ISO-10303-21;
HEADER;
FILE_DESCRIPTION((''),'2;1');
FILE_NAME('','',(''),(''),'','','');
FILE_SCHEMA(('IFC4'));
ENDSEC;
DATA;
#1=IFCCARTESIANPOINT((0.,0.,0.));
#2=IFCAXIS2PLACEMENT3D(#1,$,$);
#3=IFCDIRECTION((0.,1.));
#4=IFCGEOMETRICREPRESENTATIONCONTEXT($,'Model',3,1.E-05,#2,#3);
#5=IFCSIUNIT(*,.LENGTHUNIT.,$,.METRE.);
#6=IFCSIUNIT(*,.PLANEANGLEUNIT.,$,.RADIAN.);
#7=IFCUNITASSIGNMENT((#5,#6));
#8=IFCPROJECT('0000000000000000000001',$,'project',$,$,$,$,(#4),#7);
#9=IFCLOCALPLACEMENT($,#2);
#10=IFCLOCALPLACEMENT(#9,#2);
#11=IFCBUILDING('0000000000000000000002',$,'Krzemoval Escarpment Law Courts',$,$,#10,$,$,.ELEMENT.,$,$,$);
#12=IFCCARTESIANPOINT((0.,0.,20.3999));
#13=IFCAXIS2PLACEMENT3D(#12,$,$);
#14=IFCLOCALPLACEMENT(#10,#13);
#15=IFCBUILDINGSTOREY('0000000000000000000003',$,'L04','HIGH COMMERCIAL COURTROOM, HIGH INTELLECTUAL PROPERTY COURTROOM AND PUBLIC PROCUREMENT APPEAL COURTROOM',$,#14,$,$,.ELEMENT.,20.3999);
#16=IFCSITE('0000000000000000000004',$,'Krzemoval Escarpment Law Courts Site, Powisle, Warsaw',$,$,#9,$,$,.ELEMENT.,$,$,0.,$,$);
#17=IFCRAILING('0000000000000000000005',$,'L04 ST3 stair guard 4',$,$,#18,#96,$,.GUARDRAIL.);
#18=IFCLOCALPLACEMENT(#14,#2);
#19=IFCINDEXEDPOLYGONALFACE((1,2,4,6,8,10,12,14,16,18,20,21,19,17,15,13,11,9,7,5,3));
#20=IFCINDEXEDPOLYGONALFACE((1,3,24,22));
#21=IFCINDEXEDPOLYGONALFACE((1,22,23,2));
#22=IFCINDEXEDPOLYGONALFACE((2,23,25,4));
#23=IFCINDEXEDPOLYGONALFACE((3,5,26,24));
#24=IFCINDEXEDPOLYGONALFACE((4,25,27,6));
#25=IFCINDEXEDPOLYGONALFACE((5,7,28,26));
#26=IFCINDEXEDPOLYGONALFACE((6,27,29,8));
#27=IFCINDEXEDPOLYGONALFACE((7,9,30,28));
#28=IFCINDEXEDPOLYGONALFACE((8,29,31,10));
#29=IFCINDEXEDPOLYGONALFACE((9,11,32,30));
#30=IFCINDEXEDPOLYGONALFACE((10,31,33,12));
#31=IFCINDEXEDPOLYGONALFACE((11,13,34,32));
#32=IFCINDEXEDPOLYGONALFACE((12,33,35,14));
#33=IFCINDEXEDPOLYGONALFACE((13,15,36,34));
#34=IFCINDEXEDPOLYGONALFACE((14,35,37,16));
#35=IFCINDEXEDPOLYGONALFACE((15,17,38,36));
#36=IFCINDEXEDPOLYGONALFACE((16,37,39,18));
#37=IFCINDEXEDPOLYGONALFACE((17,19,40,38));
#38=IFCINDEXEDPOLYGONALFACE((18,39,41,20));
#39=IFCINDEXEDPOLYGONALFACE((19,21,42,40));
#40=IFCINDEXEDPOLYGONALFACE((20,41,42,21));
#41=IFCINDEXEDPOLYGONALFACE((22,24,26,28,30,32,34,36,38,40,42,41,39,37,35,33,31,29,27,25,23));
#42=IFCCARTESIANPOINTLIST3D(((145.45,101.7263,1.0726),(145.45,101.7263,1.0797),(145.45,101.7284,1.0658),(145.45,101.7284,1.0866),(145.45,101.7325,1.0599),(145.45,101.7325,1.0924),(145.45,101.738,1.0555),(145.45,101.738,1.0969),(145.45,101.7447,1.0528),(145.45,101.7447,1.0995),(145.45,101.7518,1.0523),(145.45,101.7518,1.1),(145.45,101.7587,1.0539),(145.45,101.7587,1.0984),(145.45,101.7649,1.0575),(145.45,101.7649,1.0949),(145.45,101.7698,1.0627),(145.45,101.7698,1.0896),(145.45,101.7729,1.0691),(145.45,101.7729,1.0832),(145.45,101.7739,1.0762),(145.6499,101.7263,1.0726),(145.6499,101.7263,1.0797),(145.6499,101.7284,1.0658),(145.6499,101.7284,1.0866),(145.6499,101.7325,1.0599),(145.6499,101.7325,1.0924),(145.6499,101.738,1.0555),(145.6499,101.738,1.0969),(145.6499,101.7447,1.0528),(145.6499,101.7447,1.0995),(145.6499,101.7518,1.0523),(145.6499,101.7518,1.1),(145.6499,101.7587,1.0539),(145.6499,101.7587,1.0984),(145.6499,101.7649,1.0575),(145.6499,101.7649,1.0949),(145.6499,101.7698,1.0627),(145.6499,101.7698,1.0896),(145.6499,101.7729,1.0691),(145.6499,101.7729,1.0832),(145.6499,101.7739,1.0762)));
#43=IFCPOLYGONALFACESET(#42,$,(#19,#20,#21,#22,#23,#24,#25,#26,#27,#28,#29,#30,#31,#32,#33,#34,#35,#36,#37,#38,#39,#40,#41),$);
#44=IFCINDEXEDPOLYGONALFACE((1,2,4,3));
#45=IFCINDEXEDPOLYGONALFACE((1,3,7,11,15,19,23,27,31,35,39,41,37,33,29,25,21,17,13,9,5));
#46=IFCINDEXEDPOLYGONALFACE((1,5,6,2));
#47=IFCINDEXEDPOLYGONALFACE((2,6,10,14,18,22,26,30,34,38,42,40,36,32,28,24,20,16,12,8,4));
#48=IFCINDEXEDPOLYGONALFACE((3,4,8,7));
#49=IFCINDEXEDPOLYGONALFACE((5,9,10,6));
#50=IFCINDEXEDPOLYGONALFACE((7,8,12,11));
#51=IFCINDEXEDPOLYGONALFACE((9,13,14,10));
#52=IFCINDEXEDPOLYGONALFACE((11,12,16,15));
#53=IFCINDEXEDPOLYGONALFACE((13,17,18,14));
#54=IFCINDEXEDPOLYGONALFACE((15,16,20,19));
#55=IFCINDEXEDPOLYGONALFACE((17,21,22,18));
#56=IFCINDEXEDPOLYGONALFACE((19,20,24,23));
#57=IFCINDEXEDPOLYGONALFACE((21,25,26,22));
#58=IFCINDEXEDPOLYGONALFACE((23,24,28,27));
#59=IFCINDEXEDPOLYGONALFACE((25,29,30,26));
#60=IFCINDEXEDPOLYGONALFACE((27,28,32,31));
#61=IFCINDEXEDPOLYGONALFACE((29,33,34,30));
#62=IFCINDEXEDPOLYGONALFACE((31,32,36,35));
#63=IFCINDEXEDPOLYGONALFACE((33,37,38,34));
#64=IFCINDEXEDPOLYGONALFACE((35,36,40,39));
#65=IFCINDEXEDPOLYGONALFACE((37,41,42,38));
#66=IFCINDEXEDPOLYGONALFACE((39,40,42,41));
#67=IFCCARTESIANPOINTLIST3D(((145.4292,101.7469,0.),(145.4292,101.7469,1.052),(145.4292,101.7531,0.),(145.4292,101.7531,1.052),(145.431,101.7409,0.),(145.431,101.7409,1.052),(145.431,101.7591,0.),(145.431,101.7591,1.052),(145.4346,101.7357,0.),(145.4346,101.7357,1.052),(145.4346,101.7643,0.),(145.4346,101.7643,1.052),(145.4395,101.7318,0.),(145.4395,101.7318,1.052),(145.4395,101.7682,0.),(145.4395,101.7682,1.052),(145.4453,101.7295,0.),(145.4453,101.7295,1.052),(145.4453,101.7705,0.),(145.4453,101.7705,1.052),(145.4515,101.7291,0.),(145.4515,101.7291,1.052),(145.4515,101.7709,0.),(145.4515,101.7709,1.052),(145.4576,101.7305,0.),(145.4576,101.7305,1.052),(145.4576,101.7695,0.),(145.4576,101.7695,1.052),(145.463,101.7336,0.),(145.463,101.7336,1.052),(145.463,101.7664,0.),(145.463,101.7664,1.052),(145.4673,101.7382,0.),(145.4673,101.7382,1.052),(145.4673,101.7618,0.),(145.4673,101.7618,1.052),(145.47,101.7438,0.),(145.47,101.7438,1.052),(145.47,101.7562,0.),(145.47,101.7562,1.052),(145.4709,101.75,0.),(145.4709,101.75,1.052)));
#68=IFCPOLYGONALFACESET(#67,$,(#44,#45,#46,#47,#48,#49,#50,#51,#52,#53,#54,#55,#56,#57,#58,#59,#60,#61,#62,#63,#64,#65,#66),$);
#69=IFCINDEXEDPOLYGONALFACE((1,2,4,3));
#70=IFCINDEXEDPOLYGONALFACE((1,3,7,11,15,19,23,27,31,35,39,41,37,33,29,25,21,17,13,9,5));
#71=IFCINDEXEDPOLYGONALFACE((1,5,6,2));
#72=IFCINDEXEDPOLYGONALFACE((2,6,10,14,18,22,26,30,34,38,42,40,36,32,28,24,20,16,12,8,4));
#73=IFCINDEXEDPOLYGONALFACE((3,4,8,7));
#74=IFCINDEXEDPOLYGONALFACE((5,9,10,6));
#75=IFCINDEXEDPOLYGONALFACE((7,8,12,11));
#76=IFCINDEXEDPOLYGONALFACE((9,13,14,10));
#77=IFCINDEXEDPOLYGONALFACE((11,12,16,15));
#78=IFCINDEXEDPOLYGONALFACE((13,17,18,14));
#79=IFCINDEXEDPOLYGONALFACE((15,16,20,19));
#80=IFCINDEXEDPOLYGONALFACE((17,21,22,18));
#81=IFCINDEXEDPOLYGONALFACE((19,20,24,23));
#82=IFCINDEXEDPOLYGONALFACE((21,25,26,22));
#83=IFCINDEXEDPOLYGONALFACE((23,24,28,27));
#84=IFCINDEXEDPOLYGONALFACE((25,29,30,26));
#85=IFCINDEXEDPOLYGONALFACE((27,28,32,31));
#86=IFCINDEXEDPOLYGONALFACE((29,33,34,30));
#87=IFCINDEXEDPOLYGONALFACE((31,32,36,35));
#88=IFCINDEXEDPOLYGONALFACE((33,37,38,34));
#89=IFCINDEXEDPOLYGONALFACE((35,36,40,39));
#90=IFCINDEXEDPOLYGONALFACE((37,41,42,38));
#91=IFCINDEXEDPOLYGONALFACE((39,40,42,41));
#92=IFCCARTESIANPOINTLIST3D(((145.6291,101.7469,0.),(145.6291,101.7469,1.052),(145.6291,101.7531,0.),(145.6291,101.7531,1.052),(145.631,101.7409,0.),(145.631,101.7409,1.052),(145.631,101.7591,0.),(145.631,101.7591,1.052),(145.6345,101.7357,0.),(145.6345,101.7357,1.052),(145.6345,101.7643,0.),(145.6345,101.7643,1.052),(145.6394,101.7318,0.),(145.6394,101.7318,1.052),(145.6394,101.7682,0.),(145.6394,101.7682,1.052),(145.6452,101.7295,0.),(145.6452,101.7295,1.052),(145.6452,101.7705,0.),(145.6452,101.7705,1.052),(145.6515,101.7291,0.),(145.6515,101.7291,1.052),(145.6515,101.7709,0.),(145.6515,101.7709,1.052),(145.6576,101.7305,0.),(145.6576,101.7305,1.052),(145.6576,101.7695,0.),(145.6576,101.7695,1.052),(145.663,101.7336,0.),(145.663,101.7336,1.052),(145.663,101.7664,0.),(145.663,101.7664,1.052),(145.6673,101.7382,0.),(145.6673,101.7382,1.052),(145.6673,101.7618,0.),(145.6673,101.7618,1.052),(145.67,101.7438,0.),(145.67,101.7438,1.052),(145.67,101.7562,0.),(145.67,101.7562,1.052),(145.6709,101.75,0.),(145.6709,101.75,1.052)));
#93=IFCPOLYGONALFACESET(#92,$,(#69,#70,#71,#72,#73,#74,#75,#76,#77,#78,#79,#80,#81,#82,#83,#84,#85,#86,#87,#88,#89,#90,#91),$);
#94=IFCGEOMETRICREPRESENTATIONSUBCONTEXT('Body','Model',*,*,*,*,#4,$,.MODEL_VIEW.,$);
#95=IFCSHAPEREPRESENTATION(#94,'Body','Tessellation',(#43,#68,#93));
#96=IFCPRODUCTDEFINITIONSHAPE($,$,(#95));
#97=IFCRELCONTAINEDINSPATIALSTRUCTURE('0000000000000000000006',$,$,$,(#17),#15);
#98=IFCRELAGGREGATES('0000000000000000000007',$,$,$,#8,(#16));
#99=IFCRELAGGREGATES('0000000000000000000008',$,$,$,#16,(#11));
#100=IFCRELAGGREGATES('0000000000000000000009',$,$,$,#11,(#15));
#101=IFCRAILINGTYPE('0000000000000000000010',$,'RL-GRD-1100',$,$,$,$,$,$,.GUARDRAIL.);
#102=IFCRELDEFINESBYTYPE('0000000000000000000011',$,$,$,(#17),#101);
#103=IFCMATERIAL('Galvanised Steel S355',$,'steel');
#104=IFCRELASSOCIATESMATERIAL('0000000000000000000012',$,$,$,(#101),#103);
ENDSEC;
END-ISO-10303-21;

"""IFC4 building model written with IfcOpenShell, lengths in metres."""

from ifc_helpers import new_model, si_unit, direction, frame, origin, origin_2d, place, context, subcontext, project, spatial, circle, extrude, material, type_object, element, save


model = new_model("IFC4")

# Units and contexts
model_context = context("Model", 3, precision=1e-05, world=origin(), true_north=direction((0.0, 1.0)))
body_context = subcontext(model_context, "Body", "Model", "MODEL_VIEW")
ifc_project = project(units=[si_unit("LENGTHUNIT", "METRE"), si_unit("PLANEANGLEUNIT", "RADIAN")], contexts=[model_context])

# Site, building, storey
site_placement = place(None, origin())
site = spatial("IfcSite", under=ifc_project, at=site_placement, Name="Krzemoval Escarpment Law Courts Site, Powisle, Warsaw", CompositionType="ELEMENT", RefElevation=0.0)
building_placement = place(site_placement, origin())
building = spatial("IfcBuilding", under=site, at=building_placement, Name="Krzemoval Escarpment Law Courts", CompositionType="ELEMENT")
storey_placement = place(building_placement, frame((0.0, 0.0, 20.3999)))
storey = spatial("IfcBuildingStorey", under=building, at=storey_placement, Name="L04", Description="HIGH COMMERCIAL COURTROOM, HIGH INTELLECTUAL PROPERTY COURTROOM AND PUBLIC PROCUREMENT APPEAL COURTROOM", CompositionType="ELEMENT", Elevation=20.3999)

# Railing
ifc_material_1 = material(Name="Galvanised Steel S355", Category="steel")
railing_type_1 = type_object("IfcRailingType", Name="RL-GRD-1100", PredefinedType="GUARDRAIL", material=ifc_material_1)
railing_1_placement = place(storey_placement, frame((145.45, 101.75, 0.0)))
element("IfcRailing", 1, at=railing_1_placement, inside=storey, type_object=railing_type_1, Name="L04 ST3 stair guard 4", PredefinedType="GUARDRAIL", context=body_context, shape_type="SweptSolid", body=[
    extrude(circle(Radius=0.0239, at=origin_2d()), frame((0.0, 0.0, 1.0762), z_axis=(1.0, 0.0, 0.0), x_axis=(0.0, 1.0, 0.0)), (0.0, 0.0, 1.0), 0.2),
    extrude(circle(Radius=0.021, at=origin_2d()), origin(), (0.0, 0.0, 1.0), 1.052),
    extrude(circle(Radius=0.021, at=origin_2d()), frame((0.2, 0.0, 0.0)), (0.0, 0.0, 1.0), 1.052),
])

save(model, "model.ifc")
